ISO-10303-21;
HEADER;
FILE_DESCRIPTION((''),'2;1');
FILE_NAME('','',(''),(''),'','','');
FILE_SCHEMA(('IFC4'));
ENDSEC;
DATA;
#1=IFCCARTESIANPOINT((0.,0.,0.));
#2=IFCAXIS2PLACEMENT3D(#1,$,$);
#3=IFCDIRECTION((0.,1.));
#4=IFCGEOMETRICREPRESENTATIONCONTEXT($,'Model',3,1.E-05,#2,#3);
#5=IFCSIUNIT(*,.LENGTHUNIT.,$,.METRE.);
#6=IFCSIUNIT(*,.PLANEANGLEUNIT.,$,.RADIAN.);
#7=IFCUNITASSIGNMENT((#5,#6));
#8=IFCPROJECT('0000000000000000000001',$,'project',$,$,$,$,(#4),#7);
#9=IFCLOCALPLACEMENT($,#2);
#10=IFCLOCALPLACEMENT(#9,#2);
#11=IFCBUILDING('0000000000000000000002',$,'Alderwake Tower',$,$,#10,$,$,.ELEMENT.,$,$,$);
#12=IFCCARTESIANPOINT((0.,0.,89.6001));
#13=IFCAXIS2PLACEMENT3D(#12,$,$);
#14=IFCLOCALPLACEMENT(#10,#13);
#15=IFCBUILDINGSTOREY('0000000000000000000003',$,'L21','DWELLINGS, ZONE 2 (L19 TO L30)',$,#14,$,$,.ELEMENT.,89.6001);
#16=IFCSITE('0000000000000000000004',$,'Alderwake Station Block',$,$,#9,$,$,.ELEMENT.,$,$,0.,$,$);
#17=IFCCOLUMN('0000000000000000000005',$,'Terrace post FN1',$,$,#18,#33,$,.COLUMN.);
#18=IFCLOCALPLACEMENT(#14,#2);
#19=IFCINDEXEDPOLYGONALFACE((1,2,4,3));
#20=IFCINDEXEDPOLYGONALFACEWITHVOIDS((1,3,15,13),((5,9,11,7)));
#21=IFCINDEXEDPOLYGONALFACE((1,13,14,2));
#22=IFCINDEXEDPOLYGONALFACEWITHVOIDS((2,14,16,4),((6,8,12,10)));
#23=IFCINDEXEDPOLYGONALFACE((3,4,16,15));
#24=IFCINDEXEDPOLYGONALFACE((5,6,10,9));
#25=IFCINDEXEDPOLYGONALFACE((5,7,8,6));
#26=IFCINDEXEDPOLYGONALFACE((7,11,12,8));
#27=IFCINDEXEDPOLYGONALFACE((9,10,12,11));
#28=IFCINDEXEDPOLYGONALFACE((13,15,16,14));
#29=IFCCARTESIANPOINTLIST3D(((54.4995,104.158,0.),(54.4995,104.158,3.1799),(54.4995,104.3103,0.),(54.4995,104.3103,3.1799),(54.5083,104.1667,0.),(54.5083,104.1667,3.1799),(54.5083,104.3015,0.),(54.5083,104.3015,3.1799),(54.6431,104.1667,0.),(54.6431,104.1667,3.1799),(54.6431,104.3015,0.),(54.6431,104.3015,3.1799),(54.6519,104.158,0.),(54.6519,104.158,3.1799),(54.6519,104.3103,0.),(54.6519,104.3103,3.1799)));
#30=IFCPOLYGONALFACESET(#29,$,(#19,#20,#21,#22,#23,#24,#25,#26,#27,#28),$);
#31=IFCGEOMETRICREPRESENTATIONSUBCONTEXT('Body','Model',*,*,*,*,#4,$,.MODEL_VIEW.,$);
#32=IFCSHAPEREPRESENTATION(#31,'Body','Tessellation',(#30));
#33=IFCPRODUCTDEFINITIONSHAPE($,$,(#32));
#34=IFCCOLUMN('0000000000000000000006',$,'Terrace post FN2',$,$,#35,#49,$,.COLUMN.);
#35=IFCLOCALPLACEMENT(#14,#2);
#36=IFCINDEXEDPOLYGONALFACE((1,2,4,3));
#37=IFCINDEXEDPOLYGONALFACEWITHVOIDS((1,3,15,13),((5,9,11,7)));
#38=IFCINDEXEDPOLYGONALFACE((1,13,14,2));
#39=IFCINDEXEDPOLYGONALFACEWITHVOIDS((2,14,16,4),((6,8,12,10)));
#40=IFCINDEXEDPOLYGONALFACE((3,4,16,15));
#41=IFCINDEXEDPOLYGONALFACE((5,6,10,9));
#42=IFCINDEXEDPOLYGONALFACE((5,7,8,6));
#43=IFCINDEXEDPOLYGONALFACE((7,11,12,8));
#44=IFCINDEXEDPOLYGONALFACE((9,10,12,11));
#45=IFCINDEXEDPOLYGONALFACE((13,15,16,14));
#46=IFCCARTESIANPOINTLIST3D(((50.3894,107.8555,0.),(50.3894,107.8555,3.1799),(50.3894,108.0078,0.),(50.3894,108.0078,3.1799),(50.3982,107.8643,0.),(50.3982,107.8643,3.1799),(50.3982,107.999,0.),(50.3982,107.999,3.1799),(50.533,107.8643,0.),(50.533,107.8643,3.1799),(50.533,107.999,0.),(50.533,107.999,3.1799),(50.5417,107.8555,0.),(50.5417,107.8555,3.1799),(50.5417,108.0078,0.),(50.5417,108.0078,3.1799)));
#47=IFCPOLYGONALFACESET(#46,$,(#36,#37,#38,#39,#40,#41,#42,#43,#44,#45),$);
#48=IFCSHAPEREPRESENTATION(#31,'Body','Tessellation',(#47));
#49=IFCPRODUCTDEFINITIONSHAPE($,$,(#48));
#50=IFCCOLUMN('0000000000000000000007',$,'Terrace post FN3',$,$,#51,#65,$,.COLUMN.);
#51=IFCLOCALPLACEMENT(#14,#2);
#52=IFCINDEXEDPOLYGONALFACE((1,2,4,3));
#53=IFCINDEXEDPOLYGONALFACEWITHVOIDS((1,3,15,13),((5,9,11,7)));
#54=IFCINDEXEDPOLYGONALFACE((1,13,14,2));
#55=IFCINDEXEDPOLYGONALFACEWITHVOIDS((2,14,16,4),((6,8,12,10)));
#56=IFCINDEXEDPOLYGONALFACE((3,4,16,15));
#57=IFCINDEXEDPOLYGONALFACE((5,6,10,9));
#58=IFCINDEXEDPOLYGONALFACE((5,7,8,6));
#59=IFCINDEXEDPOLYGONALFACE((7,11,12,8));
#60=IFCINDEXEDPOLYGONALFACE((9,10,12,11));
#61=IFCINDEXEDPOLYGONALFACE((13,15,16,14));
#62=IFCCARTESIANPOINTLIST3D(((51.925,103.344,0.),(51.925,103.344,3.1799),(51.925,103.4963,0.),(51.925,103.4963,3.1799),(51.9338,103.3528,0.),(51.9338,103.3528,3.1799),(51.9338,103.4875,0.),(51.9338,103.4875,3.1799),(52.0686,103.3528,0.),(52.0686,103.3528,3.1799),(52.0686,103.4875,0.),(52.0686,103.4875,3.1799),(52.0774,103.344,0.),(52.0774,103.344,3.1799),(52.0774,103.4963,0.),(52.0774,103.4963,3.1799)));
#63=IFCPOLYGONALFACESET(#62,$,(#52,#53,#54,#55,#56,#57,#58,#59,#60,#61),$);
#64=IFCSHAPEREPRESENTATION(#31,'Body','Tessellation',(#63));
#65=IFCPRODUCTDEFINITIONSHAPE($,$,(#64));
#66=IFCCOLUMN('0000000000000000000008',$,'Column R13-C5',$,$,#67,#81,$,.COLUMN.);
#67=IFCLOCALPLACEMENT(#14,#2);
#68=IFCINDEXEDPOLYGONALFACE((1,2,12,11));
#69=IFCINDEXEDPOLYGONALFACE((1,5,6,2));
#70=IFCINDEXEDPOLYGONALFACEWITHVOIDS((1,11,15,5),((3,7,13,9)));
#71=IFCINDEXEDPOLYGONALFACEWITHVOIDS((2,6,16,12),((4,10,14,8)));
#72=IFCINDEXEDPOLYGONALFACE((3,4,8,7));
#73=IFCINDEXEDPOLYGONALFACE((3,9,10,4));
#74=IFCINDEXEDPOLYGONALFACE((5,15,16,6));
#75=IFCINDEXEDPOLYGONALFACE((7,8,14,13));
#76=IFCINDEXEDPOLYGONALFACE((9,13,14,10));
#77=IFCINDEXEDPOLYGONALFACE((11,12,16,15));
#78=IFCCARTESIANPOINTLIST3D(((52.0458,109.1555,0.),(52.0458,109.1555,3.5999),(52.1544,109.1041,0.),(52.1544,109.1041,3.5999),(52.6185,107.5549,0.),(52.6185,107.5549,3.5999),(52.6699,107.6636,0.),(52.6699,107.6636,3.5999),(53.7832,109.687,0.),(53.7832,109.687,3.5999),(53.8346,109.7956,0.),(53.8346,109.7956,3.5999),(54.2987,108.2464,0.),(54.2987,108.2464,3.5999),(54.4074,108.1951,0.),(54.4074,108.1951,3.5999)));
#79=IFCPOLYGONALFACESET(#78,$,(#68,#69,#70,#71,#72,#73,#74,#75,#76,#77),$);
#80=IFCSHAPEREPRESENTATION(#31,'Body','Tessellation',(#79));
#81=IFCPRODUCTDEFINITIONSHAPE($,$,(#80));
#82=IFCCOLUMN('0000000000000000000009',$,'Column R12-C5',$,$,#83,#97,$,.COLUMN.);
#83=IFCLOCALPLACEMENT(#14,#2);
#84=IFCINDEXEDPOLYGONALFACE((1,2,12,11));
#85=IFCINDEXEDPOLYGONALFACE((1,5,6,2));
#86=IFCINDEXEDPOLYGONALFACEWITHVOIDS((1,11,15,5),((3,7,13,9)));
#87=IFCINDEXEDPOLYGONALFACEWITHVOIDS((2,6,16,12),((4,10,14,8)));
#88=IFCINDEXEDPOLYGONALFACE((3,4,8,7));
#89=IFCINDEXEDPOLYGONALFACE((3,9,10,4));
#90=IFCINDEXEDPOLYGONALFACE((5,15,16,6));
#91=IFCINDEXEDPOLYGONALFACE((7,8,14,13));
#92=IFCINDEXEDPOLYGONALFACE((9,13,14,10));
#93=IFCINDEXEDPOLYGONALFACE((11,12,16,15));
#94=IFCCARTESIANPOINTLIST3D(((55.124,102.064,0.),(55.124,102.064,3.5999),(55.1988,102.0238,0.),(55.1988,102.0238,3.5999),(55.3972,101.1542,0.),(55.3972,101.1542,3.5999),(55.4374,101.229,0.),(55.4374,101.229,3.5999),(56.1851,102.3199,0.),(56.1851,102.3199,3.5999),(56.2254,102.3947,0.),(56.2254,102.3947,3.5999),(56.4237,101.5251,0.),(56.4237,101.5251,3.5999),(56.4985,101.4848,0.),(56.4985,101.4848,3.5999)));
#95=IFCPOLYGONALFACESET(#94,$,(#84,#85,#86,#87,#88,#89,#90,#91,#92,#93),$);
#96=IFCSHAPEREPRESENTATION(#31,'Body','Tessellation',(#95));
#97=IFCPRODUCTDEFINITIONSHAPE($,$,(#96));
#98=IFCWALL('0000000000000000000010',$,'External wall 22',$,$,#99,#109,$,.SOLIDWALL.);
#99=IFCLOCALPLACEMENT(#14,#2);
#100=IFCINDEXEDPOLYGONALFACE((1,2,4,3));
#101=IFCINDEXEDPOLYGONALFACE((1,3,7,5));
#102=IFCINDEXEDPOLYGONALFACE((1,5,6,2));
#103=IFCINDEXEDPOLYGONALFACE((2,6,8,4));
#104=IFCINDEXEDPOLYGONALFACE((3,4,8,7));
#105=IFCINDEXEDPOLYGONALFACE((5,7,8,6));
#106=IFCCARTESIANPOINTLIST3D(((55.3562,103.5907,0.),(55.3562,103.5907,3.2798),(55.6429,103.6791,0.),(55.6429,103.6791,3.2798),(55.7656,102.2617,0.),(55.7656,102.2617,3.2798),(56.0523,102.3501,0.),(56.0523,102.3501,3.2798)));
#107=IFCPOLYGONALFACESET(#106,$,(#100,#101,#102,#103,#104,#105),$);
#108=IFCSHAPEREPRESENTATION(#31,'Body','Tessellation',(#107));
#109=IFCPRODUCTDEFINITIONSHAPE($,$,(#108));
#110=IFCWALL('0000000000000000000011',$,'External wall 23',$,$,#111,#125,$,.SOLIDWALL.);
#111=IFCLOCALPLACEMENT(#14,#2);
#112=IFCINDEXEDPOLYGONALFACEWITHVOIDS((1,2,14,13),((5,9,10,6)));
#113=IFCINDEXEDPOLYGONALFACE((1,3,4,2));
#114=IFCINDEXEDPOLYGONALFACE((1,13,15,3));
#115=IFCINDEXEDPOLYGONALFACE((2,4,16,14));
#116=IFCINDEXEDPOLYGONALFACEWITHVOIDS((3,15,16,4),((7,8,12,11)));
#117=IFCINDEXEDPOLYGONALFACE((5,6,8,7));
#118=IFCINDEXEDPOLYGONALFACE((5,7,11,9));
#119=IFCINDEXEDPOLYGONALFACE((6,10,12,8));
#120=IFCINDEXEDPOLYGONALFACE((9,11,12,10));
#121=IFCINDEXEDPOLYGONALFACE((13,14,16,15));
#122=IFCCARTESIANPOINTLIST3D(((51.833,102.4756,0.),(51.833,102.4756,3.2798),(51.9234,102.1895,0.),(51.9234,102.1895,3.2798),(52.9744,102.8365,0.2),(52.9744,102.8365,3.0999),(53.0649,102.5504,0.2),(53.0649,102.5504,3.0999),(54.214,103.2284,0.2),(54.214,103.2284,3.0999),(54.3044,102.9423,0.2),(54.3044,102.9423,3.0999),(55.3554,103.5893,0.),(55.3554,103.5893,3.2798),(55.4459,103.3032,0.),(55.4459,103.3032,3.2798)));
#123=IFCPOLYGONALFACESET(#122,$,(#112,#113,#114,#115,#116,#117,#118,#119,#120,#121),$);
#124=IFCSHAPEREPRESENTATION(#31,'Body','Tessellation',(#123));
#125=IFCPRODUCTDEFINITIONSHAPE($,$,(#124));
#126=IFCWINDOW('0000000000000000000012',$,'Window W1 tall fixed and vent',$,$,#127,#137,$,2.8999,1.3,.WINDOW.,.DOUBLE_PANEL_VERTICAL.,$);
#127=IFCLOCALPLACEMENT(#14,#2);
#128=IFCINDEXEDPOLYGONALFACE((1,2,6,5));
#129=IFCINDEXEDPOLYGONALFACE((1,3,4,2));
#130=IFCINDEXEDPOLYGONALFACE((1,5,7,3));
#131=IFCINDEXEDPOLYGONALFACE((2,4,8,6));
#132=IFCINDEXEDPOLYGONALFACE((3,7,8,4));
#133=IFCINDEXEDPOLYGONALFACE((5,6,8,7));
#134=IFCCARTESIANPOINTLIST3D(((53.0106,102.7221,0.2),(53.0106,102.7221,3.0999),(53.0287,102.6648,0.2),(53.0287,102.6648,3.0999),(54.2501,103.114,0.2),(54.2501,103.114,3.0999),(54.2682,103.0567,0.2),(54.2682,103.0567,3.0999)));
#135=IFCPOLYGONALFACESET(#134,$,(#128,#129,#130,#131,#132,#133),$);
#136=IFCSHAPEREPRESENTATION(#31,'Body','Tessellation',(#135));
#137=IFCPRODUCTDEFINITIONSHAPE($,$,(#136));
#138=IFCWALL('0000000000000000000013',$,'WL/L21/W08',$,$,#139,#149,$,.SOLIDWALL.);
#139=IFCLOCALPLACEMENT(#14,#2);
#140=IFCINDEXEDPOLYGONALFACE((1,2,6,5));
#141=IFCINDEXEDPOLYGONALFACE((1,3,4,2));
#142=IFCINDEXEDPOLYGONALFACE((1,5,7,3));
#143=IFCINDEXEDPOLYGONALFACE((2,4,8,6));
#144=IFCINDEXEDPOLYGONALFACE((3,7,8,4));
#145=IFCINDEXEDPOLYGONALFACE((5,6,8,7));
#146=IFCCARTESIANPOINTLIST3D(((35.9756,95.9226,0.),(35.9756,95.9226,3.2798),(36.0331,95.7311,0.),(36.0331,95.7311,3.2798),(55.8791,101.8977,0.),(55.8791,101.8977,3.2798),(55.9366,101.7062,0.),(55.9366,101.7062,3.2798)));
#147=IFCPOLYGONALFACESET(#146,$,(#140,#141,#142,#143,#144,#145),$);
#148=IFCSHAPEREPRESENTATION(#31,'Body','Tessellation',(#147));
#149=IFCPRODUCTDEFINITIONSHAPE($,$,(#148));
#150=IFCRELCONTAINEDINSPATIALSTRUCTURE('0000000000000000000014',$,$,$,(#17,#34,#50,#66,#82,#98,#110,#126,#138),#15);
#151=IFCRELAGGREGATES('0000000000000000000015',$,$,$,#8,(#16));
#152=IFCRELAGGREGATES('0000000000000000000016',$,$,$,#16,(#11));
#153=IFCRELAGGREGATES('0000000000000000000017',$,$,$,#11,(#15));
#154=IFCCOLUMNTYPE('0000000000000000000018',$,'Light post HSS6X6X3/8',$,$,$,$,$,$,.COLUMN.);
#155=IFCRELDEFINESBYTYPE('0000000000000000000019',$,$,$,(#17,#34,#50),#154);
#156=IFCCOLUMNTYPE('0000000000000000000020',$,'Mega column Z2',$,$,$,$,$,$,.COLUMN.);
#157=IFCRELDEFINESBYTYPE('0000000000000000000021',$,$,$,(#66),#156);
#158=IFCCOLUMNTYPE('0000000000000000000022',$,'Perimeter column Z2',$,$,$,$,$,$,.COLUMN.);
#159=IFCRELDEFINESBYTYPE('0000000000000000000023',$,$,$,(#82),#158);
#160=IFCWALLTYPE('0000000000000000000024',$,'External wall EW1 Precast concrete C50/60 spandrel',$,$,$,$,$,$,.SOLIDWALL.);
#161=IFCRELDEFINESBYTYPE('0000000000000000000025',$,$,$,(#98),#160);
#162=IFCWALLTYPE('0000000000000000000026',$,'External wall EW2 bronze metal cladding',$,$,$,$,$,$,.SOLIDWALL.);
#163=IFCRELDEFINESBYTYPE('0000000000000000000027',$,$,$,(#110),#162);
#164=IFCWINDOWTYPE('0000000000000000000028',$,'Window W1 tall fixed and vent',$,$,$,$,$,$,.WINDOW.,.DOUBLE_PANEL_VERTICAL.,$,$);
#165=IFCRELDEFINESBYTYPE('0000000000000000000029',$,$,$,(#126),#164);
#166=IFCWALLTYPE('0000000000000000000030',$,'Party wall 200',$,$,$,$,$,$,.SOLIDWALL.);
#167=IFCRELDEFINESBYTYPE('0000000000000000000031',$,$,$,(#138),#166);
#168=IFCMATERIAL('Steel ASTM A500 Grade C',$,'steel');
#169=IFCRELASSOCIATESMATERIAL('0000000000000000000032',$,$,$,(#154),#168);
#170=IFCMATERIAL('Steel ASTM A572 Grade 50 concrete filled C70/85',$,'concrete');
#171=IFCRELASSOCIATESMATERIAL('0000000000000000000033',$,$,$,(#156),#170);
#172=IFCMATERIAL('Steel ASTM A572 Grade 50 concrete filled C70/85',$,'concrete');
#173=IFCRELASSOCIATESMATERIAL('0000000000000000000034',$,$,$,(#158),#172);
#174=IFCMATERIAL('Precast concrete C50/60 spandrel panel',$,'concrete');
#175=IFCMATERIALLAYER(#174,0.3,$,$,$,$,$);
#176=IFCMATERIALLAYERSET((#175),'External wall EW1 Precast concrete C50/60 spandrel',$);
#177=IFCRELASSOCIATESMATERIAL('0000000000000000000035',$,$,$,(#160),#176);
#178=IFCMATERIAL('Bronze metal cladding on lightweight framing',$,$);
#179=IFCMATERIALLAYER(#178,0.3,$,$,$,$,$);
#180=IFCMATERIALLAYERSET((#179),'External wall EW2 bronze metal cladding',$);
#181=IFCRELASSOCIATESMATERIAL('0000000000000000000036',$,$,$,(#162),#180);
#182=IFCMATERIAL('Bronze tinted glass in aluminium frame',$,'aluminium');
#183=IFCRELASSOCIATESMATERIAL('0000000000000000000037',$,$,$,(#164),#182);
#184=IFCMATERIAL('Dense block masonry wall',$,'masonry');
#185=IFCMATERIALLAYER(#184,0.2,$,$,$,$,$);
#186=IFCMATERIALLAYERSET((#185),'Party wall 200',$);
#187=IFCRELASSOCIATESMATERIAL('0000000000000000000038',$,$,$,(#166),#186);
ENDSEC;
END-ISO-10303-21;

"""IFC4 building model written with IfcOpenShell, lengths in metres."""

from ifc_helpers import new_model, si_unit, direction, frame, frame_2d, origin, origin_2d, place, context, subcontext, project, spatial, rectangle, hollow_rectangle, extrude, material, layer, layer_set, material_profile, profile_set, type_object, element, fill, save


model = new_model("IFC4")

# Units and contexts
model_context = context("Model", 3, precision=1e-05, world=origin(), true_north=direction((0.0, 1.0)))
body_context = subcontext(model_context, "Body", "Model", "MODEL_VIEW")
ifc_project = project(units=[si_unit("LENGTHUNIT", "METRE"), si_unit("PLANEANGLEUNIT", "RADIAN")], contexts=[model_context])

# Site, building, storey
site_placement = place(None, origin())
site = spatial("IfcSite", under=ifc_project, at=site_placement, Name="Alderwake Station Block", CompositionType="ELEMENT", RefElevation=0.0)
building_placement = place(site_placement, origin())
building = spatial("IfcBuilding", under=site, at=building_placement, Name="Alderwake Tower", CompositionType="ELEMENT")
storey_placement = place(building_placement, frame((0.0, 0.0, 89.6001)))
storey = spatial("IfcBuildingStorey", under=building, at=storey_placement, Name="L21", Description="DWELLINGS, ZONE 2 (L19 TO L30)", CompositionType="ELEMENT", Elevation=89.6001)

# Columns
ifc_material_1 = material(Name="Steel ASTM A500 Grade C", Category="steel")
ifc_material_profile_1 = material_profile(ifc_material_1, hollow_rectangle(XDim=0.1523, YDim=0.1523, WallThickness=0.0088, at=origin_2d()), Name="HSS6X6X3/8")
ifc_profile_set_1 = profile_set([ifc_material_profile_1], Name="Steel ASTM A500 Grade C")
column_type_1 = type_object("IfcColumnType", Name="Light post HSS6X6X3/8", PredefinedType="COLUMN", material=ifc_profile_set_1)
for number, where, z_axis, x_axis, name in (
    (1, (54.5757, 104.2341, 0.0), (0.0, 0.0, 1.0), (1.0, 0.0, 0.0), "Terrace post FN1"),
    (2, (50.4656, 107.9316, 0.0), (0.0, 0.0, 1.0), (1.0, 0.0, 0.0), "Terrace post FN2"),
    (3, (52.0012, 103.4202, 0.0), (0.0, 0.0, 1.0), (1.0, 0.0, 0.0), "Terrace post FN3"),
):
    element("IfcColumn", number, at=place(storey_placement, frame(where, z_axis=z_axis, x_axis=x_axis)), inside=storey, type_object=column_type_1, Name=name, PredefinedType="COLUMN", context=body_context, shape_type="SweptSolid", body=[
        extrude(hollow_rectangle(XDim=0.1523, YDim=0.1523, WallThickness=0.0088, at=origin_2d()), origin(), (0.0, 0.0, 1.0), 3.1799),
    ])
ifc_material_2 = material(Name="Steel ASTM A572 Grade 50 concrete filled C70/85", Category="concrete")
ifc_material_profile_2 = material_profile(ifc_material_2, hollow_rectangle(XDim=1.7, YDim=1.8999, WallThickness=0.085, at=origin_2d()), Name="BOX 1900X1700X85")
ifc_profile_set_2 = profile_set([ifc_material_profile_2], Name="Steel ASTM A572 Grade 50 concrete filled C70/85")
column_type_2 = type_object("IfcColumnType", Name="Mega column Z2", PredefinedType="COLUMN", material=ifc_profile_set_2)
column_1_placement = place(storey_placement, frame((53.2266, 108.6753, 0.0), z_axis=(0.0, 0.0, 1.0), x_axis=(-0.336929, 0.94153, 0.0)))
element("IfcColumn", 4, at=column_1_placement, inside=storey, type_object=column_type_2, Name="Column R13-C5", PredefinedType="COLUMN", context=body_context, shape_type="SweptSolid", body=[
    extrude(hollow_rectangle(XDim=1.7, YDim=1.8999, WallThickness=0.085, at=origin_2d()), origin(), (0.0, 0.0, 1.0), 3.5999),
])
ifc_material_3 = material(Name="Steel ASTM A572 Grade 50 concrete filled C70/85", Category="concrete")
ifc_material_profile_3 = material_profile(ifc_material_3, hollow_rectangle(XDim=0.95, YDim=1.1499, WallThickness=0.0601, at=origin_2d()), Name="BOX 1150X950X60")
ifc_profile_set_3 = profile_set([ifc_material_profile_3], Name="Steel ASTM A572 Grade 50 concrete filled C70/85")
column_type_3 = type_object("IfcColumnType", Name="Perimeter column Z2", PredefinedType="COLUMN", material=ifc_profile_set_3)
column_2_placement = place(storey_placement, frame((55.8113, 101.7744, 0.0), z_axis=(0.0, 0.0, 1.0), x_axis=(-0.287549, 0.957766, 0.0)))
element("IfcColumn", 5, at=column_2_placement, inside=storey, type_object=column_type_3, Name="Column R12-C5", PredefinedType="COLUMN", context=body_context, shape_type="SweptSolid", body=[
    extrude(hollow_rectangle(XDim=0.95, YDim=1.1499, WallThickness=0.0601, at=origin_2d()), origin(), (0.0, 0.0, 1.0), 3.5999),
])

# Wall
ifc_material_4 = material(Name="Precast concrete C50/60 spandrel panel", Category="concrete")
ifc_layer_1 = layer(ifc_material_4, 0.3)
ifc_layer_set_1 = layer_set([ifc_layer_1], Name="External wall EW1 Precast concrete C50/60 spandrel")
wall_type_1 = type_object("IfcWallType", Name="External wall EW1 Precast concrete C50/60 spandrel", PredefinedType="SOLIDWALL", material=ifc_layer_set_1)
wall_1_placement = place(storey_placement, frame((55.9089, 102.3059, 0.0), z_axis=(0.0, 0.0, 1.0), x_axis=(-0.294394, 0.955684, 0.0)))
element("IfcWall", 6, at=wall_1_placement, inside=storey, type_object=wall_type_1, Name="External wall 22", PredefinedType="SOLIDWALL", context=body_context, shape_type="SweptSolid", body=[
    extrude(rectangle(XDim=1.3906, YDim=0.3, at=frame_2d((0.6953, 0.0))), origin(), (0.0, 0.0, 1.0), 3.2798),
])

# Wall, opening, window
ifc_material_5 = material(Name="Bronze metal cladding on lightweight framing")
ifc_layer_2 = layer(ifc_material_5, 0.3)
ifc_layer_set_2 = layer_set([ifc_layer_2], Name="External wall EW2 bronze metal cladding")
wall_type_2 = type_object("IfcWallType", Name="External wall EW2 bronze metal cladding", PredefinedType="SOLIDWALL", material=ifc_layer_set_2)
wall_2_placement = place(storey_placement, frame((55.4006, 103.4463, 0.0), z_axis=(0.0, 0.0, 1.0), x_axis=(-0.953473, -0.301479, 0.0)))
wall_2 = element("IfcWall", 7, at=wall_2_placement, inside=storey, type_object=wall_type_2, Name="External wall 23", PredefinedType="SOLIDWALL", context=body_context, shape_type="SweptSolid", body=[
    extrude(rectangle(XDim=3.6943, YDim=0.3, at=frame_2d((1.8472, 0.0))), origin(), (0.0, 0.0, 1.0), 3.2798),
])
opening_1_placement = place(wall_2_placement, frame((1.1973, 0.0, 0.2)))
opening_1 = element("IfcOpeningElement", 8, at=opening_1_placement, cuts=wall_2, PredefinedType="OPENING", context=body_context, shape_type="SweptSolid", body=[
    extrude(rectangle(XDim=1.3, YDim=2.8999, at=frame_2d((0.6499, 1.45))), frame((0.0, 0.1599, 0.0), z_axis=(0.0, -1.0, 0.0), x_axis=(1.0, 0.0, 0.0)), (0.0, 0.0, 1.0), 0.3201),
])
ifc_material_6 = material(Name="Bronze tinted glass in aluminium frame", Category="aluminium")
window_type = type_object("IfcWindowType", Name="Window W1 tall fixed and vent", PartitioningType="DOUBLE_PANEL_VERTICAL", PredefinedType="WINDOW", material=ifc_material_6)
window_1_placement = place(opening_1_placement, origin())
window_1 = element("IfcWindow", 9, at=window_1_placement, inside=storey, type_object=window_type, Name="Window W1 tall fixed and vent", OverallHeight=2.8999, OverallWidth=1.3, PartitioningType="DOUBLE_PANEL_VERTICAL", PredefinedType="WINDOW", context=body_context, shape_type="SweptSolid", body=[
    extrude(rectangle(XDim=1.3, YDim=2.8999, at=frame_2d((0.6499, 1.45))), frame((0.0, 0.03, 0.0), z_axis=(0.0, -1.0, 0.0), x_axis=(1.0, 0.0, 0.0)), (0.0, 0.0, 1.0), 0.0601),
])
fill(opening_1, window_1)

# Wall
ifc_material_7 = material(Name="Dense block masonry wall", Category="masonry")
ifc_layer_3 = layer(ifc_material_7, 0.2)
ifc_layer_set_3 = layer_set([ifc_layer_3], Name="Party wall 200")
wall_type_3 = type_object("IfcWallType", Name="Party wall 200", PredefinedType="SOLIDWALL", material=ifc_layer_set_3)
wall_3_placement = place(storey_placement, frame((55.908, 101.802, 0.0), z_axis=(0.0, 0.0, 1.0), x_axis=(-0.957773, -0.287526, 0.0)))
element("IfcWall", 10, at=wall_3_placement, inside=storey, type_object=wall_type_3, Name="WL/L21/W08", PredefinedType="SOLIDWALL", context=body_context, shape_type="SweptSolid", body=[
    extrude(rectangle(XDim=20.781, YDim=0.2, at=frame_2d((10.3906, 0.0))), origin(), (0.0, 0.0, 1.0), 3.2798),
])

save(model, "model.ifc")
